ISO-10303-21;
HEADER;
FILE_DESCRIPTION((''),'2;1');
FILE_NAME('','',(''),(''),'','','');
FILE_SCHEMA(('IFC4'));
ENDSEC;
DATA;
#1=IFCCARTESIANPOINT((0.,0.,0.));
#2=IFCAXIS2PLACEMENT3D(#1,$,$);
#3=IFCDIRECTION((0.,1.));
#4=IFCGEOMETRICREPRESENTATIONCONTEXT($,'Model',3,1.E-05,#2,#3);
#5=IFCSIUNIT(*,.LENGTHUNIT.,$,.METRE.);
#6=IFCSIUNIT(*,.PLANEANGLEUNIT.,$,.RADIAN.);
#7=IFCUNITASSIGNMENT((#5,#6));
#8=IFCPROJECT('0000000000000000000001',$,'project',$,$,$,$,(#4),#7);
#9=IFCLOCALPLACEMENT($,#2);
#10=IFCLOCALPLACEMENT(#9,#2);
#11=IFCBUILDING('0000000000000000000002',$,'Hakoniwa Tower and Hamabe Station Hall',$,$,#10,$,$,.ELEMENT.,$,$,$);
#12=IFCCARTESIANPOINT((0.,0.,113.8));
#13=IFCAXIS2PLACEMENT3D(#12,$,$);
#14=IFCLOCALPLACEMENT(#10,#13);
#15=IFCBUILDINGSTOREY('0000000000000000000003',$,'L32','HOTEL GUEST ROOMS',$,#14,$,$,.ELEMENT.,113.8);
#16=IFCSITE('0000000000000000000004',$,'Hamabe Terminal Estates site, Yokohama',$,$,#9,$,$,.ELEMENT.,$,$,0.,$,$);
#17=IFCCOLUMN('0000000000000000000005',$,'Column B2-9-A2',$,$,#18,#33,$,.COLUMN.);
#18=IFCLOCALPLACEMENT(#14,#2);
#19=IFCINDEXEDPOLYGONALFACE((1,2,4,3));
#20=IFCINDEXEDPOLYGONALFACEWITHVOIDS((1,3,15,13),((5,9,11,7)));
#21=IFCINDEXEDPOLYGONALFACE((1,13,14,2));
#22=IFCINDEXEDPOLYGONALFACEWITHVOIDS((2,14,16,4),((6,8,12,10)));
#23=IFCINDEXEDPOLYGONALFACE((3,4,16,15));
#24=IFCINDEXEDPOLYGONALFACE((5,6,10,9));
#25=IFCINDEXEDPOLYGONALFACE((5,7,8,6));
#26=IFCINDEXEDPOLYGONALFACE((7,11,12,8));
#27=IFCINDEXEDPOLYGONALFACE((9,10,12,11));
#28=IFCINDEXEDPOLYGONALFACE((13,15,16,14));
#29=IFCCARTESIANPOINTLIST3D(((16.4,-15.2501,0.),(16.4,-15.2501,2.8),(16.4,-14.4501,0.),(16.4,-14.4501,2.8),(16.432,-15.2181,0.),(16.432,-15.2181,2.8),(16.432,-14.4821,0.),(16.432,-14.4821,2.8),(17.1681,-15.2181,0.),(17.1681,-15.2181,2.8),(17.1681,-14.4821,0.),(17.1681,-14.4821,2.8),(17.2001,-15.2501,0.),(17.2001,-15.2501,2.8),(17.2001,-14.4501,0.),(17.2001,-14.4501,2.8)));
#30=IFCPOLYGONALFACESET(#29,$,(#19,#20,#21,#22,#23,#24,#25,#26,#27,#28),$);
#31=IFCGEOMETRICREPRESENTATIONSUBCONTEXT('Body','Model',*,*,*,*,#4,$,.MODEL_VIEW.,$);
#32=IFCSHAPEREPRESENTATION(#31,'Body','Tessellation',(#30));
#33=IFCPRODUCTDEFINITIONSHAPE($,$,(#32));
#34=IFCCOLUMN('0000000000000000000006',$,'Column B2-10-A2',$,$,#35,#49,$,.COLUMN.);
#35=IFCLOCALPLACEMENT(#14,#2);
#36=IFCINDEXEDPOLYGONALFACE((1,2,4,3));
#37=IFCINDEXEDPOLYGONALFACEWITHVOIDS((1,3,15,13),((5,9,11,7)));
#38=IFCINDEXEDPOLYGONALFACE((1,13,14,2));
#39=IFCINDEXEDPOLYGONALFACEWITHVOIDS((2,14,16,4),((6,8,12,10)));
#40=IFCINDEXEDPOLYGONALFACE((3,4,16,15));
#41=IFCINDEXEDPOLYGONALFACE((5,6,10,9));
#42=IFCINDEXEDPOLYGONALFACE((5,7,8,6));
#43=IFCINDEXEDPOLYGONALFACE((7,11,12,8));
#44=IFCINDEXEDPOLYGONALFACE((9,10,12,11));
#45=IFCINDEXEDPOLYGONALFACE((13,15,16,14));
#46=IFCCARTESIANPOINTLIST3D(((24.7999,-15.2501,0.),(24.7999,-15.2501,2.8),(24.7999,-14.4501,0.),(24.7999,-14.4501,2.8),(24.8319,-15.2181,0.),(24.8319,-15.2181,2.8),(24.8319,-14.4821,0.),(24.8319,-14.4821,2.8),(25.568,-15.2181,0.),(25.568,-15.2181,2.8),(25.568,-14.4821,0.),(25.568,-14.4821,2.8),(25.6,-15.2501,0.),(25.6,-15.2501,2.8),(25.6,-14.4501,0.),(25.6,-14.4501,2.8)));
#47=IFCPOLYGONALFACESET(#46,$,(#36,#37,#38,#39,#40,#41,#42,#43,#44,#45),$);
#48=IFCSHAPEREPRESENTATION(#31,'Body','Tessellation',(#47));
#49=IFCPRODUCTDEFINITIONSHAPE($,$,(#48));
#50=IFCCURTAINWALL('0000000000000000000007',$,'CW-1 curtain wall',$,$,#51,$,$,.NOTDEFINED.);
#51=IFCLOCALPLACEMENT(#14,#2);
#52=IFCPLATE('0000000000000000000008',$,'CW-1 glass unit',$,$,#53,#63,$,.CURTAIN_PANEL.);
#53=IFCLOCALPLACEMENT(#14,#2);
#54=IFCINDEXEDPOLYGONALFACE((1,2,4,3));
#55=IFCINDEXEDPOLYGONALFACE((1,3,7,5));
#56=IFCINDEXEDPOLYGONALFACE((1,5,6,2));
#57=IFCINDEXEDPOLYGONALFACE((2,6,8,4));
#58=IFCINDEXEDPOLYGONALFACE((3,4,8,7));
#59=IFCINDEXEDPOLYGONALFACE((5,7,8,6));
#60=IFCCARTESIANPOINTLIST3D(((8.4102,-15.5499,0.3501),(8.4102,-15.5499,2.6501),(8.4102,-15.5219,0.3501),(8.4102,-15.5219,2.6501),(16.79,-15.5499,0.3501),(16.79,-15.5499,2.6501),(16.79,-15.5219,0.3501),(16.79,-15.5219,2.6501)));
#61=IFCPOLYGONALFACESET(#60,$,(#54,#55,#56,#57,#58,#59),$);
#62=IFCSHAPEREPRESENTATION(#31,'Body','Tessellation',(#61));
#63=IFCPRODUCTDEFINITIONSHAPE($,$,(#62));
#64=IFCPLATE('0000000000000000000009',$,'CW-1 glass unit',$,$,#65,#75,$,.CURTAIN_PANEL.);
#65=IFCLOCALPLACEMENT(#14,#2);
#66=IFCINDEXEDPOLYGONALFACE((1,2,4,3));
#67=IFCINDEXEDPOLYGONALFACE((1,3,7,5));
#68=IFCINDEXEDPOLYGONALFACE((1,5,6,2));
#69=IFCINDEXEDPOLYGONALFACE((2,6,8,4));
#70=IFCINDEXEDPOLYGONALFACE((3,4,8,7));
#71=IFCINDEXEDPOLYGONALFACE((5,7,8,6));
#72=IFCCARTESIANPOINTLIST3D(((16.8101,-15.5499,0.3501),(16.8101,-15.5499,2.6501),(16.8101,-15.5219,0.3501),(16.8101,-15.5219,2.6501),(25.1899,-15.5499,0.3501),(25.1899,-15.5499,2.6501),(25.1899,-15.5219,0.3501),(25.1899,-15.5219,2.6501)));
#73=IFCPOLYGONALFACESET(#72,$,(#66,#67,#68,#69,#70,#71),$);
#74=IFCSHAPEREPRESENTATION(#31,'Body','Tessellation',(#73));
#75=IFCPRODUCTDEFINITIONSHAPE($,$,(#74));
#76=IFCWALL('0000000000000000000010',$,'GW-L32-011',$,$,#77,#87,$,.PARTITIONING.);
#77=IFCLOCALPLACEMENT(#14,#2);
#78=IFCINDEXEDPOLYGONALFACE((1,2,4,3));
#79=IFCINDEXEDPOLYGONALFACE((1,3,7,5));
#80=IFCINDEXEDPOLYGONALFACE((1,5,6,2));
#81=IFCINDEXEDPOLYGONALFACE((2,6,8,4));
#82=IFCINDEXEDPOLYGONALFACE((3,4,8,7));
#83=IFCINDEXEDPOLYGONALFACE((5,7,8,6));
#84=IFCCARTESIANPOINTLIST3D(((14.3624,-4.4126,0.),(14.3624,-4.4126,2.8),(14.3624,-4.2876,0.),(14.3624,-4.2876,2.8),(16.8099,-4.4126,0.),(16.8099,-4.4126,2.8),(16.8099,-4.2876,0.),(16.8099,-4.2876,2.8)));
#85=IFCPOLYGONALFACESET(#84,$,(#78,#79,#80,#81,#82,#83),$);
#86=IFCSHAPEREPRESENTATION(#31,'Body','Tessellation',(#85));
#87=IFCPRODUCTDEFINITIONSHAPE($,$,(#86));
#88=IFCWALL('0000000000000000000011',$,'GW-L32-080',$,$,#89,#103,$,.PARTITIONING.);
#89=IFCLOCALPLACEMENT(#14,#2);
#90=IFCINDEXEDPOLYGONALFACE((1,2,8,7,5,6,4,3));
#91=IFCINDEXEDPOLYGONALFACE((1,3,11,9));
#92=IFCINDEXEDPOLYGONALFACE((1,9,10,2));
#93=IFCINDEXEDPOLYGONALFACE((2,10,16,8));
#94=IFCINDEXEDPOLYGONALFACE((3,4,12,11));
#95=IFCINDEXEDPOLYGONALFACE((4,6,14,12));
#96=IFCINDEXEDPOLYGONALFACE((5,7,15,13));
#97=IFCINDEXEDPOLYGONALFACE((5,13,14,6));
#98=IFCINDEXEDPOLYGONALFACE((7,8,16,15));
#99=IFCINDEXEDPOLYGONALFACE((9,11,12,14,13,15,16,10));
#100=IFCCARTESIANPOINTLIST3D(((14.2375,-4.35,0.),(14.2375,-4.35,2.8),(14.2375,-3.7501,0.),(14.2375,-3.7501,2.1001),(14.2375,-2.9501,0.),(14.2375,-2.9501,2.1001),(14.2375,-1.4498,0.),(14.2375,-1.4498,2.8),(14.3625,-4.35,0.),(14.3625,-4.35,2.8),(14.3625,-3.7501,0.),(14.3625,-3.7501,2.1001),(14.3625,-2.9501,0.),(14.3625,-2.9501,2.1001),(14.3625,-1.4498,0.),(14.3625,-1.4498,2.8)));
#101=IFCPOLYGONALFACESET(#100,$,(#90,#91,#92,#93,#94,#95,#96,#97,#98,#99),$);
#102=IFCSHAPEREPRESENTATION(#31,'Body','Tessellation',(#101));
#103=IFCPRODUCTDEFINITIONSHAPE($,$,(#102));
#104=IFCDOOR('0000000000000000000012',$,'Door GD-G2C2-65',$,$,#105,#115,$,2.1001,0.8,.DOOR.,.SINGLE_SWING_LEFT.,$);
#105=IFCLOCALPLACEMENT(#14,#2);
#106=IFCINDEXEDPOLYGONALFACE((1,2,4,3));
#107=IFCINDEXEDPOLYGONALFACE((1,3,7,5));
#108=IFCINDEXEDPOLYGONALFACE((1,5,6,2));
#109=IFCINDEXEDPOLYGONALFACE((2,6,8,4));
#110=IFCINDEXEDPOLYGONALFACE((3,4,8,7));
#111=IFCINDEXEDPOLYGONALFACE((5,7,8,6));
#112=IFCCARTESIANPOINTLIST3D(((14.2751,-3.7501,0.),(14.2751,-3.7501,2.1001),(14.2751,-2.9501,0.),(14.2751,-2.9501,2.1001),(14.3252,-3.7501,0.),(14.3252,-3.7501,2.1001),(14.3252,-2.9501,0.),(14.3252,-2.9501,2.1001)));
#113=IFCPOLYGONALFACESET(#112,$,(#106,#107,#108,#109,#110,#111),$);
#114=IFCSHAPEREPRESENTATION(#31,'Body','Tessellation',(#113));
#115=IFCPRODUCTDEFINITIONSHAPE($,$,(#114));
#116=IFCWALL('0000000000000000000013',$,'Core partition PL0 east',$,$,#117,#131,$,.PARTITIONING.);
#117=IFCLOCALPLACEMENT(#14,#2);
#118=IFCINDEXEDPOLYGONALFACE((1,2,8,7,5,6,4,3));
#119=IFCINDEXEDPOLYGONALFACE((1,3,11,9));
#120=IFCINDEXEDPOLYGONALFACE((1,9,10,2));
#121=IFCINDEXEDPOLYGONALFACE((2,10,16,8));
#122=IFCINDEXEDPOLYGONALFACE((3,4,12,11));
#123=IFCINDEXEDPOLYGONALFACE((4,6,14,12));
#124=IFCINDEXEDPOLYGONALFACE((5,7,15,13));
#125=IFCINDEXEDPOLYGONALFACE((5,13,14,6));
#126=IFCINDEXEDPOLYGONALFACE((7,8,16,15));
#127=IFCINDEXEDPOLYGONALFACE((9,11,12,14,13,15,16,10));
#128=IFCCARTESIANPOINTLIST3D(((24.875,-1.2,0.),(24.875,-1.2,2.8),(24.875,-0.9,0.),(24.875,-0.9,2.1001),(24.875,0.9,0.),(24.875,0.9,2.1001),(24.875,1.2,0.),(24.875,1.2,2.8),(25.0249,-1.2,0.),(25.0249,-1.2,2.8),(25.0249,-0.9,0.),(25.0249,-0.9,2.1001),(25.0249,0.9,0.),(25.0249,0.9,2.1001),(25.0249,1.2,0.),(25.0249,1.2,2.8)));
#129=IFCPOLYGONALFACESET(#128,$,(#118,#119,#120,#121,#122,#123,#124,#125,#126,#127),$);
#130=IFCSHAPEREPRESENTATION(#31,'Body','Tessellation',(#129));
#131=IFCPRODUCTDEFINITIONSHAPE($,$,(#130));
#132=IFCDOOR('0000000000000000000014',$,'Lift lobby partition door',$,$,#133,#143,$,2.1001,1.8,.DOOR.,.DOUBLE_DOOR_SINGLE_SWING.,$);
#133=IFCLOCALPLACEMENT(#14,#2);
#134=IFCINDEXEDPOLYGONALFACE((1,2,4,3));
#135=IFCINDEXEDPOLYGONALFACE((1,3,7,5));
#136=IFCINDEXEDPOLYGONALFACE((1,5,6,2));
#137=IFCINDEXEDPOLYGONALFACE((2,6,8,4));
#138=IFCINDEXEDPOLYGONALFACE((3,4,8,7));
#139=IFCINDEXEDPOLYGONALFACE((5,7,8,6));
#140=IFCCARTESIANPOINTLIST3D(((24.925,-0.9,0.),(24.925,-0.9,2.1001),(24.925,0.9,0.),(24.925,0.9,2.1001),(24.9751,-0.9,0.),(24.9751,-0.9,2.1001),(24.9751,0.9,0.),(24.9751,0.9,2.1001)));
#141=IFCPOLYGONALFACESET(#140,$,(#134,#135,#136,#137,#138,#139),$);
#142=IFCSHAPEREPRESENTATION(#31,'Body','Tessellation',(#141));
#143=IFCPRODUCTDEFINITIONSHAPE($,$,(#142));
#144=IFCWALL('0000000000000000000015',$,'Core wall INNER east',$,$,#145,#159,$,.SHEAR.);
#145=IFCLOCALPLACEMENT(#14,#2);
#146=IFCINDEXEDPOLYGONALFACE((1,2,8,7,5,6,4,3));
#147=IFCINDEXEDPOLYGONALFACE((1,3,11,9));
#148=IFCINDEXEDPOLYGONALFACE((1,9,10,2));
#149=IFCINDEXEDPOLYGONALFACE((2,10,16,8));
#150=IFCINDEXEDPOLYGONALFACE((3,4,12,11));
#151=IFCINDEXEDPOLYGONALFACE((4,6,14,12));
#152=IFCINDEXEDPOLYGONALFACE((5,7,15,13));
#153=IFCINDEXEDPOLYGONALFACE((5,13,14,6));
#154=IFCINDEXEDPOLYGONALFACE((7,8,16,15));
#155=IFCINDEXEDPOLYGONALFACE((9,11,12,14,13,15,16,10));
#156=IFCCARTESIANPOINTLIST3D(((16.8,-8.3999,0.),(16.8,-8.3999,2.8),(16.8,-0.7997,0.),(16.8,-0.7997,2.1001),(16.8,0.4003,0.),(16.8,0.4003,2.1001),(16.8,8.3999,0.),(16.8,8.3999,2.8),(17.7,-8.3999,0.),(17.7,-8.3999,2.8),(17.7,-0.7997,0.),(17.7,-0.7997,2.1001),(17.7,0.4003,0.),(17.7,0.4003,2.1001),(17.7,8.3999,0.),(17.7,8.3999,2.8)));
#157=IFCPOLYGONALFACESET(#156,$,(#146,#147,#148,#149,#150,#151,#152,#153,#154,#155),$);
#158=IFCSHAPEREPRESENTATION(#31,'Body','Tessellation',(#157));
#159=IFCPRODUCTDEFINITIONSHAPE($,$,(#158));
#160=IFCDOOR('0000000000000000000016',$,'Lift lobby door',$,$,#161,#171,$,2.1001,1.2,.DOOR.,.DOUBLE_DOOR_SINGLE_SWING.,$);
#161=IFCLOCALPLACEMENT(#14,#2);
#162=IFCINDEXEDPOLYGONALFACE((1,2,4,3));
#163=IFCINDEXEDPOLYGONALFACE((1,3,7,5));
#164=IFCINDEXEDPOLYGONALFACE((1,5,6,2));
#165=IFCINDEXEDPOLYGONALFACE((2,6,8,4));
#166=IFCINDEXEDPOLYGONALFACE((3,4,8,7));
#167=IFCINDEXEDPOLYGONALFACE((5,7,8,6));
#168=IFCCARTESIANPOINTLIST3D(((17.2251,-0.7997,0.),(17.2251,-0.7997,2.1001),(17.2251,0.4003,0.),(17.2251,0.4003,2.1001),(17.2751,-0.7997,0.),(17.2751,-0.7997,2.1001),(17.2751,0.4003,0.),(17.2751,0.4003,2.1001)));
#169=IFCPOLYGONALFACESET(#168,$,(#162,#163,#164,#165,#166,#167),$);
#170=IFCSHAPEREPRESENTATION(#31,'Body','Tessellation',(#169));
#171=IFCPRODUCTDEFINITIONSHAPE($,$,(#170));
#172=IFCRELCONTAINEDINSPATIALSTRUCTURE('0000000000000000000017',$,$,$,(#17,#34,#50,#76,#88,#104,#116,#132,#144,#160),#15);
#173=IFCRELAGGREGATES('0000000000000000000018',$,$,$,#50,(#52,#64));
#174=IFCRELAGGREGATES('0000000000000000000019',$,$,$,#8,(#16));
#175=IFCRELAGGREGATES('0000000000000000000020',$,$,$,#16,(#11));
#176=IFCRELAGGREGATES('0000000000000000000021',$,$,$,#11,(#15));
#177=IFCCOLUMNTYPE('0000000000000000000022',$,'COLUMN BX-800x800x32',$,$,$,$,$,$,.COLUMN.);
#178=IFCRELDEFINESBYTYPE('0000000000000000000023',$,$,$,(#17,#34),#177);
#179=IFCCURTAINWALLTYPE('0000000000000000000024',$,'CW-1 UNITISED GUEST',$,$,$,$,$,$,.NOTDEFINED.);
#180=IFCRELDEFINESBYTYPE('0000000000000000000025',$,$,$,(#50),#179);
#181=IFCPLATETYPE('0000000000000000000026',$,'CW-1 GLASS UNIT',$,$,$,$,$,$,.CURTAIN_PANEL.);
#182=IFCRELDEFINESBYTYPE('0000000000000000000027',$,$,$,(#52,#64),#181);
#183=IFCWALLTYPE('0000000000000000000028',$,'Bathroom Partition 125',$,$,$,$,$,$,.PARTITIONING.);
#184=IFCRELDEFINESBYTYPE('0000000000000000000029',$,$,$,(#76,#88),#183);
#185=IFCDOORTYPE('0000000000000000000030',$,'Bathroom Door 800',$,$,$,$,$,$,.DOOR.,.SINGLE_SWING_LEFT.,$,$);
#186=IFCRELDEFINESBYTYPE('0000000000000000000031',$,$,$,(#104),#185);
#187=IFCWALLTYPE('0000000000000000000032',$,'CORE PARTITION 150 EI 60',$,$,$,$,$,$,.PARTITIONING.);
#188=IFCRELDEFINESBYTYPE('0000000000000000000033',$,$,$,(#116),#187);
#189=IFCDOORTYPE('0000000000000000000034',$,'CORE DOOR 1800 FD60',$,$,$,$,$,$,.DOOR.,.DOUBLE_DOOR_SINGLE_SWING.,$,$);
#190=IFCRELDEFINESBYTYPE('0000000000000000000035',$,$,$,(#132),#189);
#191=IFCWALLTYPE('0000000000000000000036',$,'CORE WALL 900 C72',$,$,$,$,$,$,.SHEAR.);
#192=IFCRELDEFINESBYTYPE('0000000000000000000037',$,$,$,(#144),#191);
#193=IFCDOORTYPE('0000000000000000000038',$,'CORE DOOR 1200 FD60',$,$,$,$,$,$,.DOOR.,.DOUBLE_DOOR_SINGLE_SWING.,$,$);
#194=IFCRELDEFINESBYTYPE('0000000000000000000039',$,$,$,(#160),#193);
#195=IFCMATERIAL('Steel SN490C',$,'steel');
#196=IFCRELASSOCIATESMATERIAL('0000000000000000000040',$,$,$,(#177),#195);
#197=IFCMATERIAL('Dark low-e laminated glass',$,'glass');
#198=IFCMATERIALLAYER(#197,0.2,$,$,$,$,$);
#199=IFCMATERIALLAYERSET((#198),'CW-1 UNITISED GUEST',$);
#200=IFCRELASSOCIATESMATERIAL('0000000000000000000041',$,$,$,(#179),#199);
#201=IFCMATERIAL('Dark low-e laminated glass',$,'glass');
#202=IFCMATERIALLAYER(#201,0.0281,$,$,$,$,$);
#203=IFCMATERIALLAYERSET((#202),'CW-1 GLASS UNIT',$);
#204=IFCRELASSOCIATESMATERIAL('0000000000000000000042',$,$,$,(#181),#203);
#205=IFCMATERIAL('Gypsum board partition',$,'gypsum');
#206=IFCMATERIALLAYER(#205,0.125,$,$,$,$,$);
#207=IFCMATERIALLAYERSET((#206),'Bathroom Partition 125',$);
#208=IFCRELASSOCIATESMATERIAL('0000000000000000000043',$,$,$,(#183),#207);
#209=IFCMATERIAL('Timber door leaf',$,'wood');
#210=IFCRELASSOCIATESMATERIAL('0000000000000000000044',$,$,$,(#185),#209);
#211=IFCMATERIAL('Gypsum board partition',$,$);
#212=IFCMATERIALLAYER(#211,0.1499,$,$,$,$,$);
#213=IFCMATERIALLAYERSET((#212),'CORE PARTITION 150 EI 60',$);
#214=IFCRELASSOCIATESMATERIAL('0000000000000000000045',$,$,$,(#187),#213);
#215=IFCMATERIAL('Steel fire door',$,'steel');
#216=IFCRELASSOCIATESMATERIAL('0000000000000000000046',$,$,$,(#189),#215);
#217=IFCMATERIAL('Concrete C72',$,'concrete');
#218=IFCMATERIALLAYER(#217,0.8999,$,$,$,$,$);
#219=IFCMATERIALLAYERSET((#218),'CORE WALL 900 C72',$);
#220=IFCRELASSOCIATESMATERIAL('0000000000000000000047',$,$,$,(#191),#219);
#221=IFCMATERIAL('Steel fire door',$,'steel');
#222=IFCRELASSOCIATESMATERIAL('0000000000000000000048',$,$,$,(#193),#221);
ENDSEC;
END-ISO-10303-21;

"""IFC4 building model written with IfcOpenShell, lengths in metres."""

from ifc_helpers import new_model, si_unit, direction, frame, frame_2d, origin, origin_2d, place, context, subcontext, project, spatial, rectangle, hollow_rectangle, extrude, material, layer, layer_set, material_profile, profile_set, type_object, element, fill, aggregate, save


model = new_model("IFC4")

# Units and contexts
model_context = context("Model", 3, precision=1e-05, world=origin(), true_north=direction((0.0, 1.0)))
body_context = subcontext(model_context, "Body", "Model", "MODEL_VIEW")
ifc_project = project(units=[si_unit("LENGTHUNIT", "METRE"), si_unit("PLANEANGLEUNIT", "RADIAN")], contexts=[model_context])

# Site, building, storey
site_placement = place(None, origin())
site = spatial("IfcSite", under=ifc_project, at=site_placement, Name="Hamabe Terminal Estates site, Yokohama", CompositionType="ELEMENT", RefElevation=0.0)
building_placement = place(site_placement, origin())
building = spatial("IfcBuilding", under=site, at=building_placement, Name="Hakoniwa Tower and Hamabe Station Hall", CompositionType="ELEMENT")
storey_placement = place(building_placement, frame((0.0, 0.0, 113.8)))
storey = spatial("IfcBuildingStorey", under=building, at=storey_placement, Name="L32", Description="HOTEL GUEST ROOMS", CompositionType="ELEMENT", Elevation=113.8)

# Columns
ifc_material_1 = material(Name="Steel SN490C", Category="steel")
ifc_material_profile = material_profile(ifc_material_1, hollow_rectangle(XDim=0.8, YDim=0.8, WallThickness=0.032, at=origin_2d()), Name="BX-800x800x32")
ifc_profile_set = profile_set([ifc_material_profile], Name="Steel SN490C")
column_type = type_object("IfcColumnType", Name="COLUMN BX-800x800x32", PredefinedType="COLUMN", material=ifc_profile_set)
for number, where, z_axis, x_axis, name in (
    (1, (16.8, -14.8501, 0.0), (0.0, 0.0, 1.0), (1.0, 0.0, 0.0), "Column B2-9-A2"),
    (2, (25.2, -14.8501, 0.0), (0.0, 0.0, 1.0), (1.0, 0.0, 0.0), "Column B2-10-A2"),
):
    element("IfcColumn", number, at=place(storey_placement, frame(where, z_axis=z_axis, x_axis=x_axis)), inside=storey, type_object=column_type, Name=name, PredefinedType="COLUMN", context=body_context, shape_type="SweptSolid", body=[
        extrude(hollow_rectangle(XDim=0.8, YDim=0.8, WallThickness=0.032, at=origin_2d()), origin(), (0.0, 0.0, 1.0), 2.8),
    ])

# Curtain wall, plates
ifc_material_2 = material(Name="Dark low-e laminated glass", Category="glass")
ifc_layer_1 = layer(ifc_material_2, 0.2)
ifc_layer_set_1 = layer_set([ifc_layer_1], Name="CW-1 UNITISED GUEST")
curtain_wall_type = type_object("IfcCurtainWallType", Name="CW-1 UNITISED GUEST", PredefinedType="NOTDEFINED", material=ifc_layer_set_1)
curtain_wall_placement = place(storey_placement, origin())
curtain_wall = element("IfcCurtainWall", 3, at=curtain_wall_placement, inside=storey, type_object=curtain_wall_type, Name="CW-1 curtain wall", PredefinedType="NOTDEFINED")
ifc_material_3 = material(Name="Dark low-e laminated glass", Category="glass")
ifc_layer_2 = layer(ifc_material_3, 0.0281)
ifc_layer_set_2 = layer_set([ifc_layer_2], Name="CW-1 GLASS UNIT")
plate_type = type_object("IfcPlateType", Name="CW-1 GLASS UNIT", PredefinedType="CURTAIN_PANEL", material=ifc_layer_set_2)
plate_1_placement = place(storey_placement, frame((12.6001, -15.5359, 0.3501), z_axis=(0.0, 0.0, 1.0), x_axis=(1.0, 0.0, 0.0)))
plate_1 = element("IfcPlate", 4, at=plate_1_placement, type_object=plate_type, Name="CW-1 glass unit", PredefinedType="CURTAIN_PANEL", context=body_context, shape_type="SweptSolid", body=[
    extrude(rectangle(XDim=8.3799, YDim=0.0281, at=origin_2d()), origin(), (0.0, 0.0, 1.0), 2.3),
])
plate_2_placement = place(storey_placement, frame((21.0, -15.5359, 0.3501), z_axis=(0.0, 0.0, 1.0), x_axis=(1.0, 0.0, 0.0)))
plate_2 = element("IfcPlate", 5, at=plate_2_placement, type_object=plate_type, Name="CW-1 glass unit", PredefinedType="CURTAIN_PANEL", context=body_context, shape_type="SweptSolid", body=[
    extrude(rectangle(XDim=8.3799, YDim=0.0281, at=origin_2d()), origin(), (0.0, 0.0, 1.0), 2.3),
])
aggregate(curtain_wall, [plate_1, plate_2])

# Wall
ifc_material_4 = material(Name="Gypsum board partition", Category="gypsum")
ifc_layer_3 = layer(ifc_material_4, 0.125)
ifc_layer_set_3 = layer_set([ifc_layer_3], Name="Bathroom Partition 125")
wall_type_1 = type_object("IfcWallType", Name="Bathroom Partition 125", PredefinedType="PARTITIONING", material=ifc_layer_set_3)
wall_1_placement = place(storey_placement, frame((14.3625, -4.3501, 0.0), z_axis=(0.0, 0.0, 1.0), x_axis=(1.0, 0.0, 0.0)))
element("IfcWall", 6, at=wall_1_placement, inside=storey, type_object=wall_type_1, Name="GW-L32-011", PredefinedType="PARTITIONING", context=body_context, shape_type="SweptSolid", body=[
    extrude(rectangle(XDim=2.4475, YDim=0.125, at=frame_2d((1.2236, 0.0))), origin(), (0.0, 0.0, 1.0), 2.8),
])

# Walls, openings, doors
wall_2_placement = place(storey_placement, frame((14.3, -4.3501, 0.0), z_axis=(0.0, 0.0, 1.0), x_axis=(0.0, 1.0, 0.0)))
wall_2 = element("IfcWall", 7, at=wall_2_placement, inside=storey, type_object=wall_type_1, Name="GW-L32-080", PredefinedType="PARTITIONING", context=body_context, shape_type="SweptSolid", body=[
    extrude(rectangle(XDim=2.9001, YDim=0.125, at=frame_2d((1.4502, 0.0))), origin(), (0.0, 0.0, 1.0), 2.8),
])
opening_1_placement = place(wall_2_placement, frame((0.6001, 0.0, 0.0)))
opening_1 = element("IfcOpeningElement", 8, at=opening_1_placement, cuts=wall_2, PredefinedType="OPENING", context=body_context, shape_type="SweptSolid", body=[
    extrude(rectangle(XDim=0.8, YDim=2.1001, at=frame_2d((0.3999, 1.05))), frame((0.0, 0.0725, 0.0), z_axis=(0.0, -1.0, 0.0), x_axis=(1.0, 0.0, 0.0)), (0.0, 0.0, 1.0), 0.145),
])
ifc_material_5 = material(Name="Timber door leaf", Category="wood")
door_type_1 = type_object("IfcDoorType", Name="Bathroom Door 800", OperationType="SINGLE_SWING_LEFT", PredefinedType="DOOR", material=ifc_material_5)
door_1_placement = place(opening_1_placement, origin())
door_1 = element("IfcDoor", 9, at=door_1_placement, inside=storey, type_object=door_type_1, Name="Door GD-G2C2-65", OperationType="SINGLE_SWING_LEFT", OverallHeight=2.1001, OverallWidth=0.8, PredefinedType="DOOR", context=body_context, shape_type="SweptSolid", body=[
    extrude(rectangle(XDim=0.8, YDim=2.1001, at=frame_2d((0.3999, 1.05))), frame((0.0, 0.0249, 0.0), z_axis=(0.0, -1.0, 0.0), x_axis=(1.0, 0.0, 0.0)), (0.0, 0.0, 1.0), 0.05),
])
fill(opening_1, door_1)
ifc_material_6 = material(Name="Gypsum board partition")
ifc_layer_4 = layer(ifc_material_6, 0.1499)
ifc_layer_set_4 = layer_set([ifc_layer_4], Name="CORE PARTITION 150 EI 60")
wall_type_2 = type_object("IfcWallType", Name="CORE PARTITION 150 EI 60", PredefinedType="PARTITIONING", material=ifc_layer_set_4)
wall_3_placement = place(storey_placement, frame((24.95, -1.2, 0.0), z_axis=(0.0, 0.0, 1.0), x_axis=(0.0, 1.0, 0.0)))
wall_3 = element("IfcWall", 10, at=wall_3_placement, inside=storey, type_object=wall_type_2, Name="Core partition PL0 east", PredefinedType="PARTITIONING", context=body_context, shape_type="SweptSolid", body=[
    extrude(rectangle(XDim=2.3999, YDim=0.1499, at=frame_2d((1.2, 0.0))), origin(), (0.0, 0.0, 1.0), 2.8),
])
opening_2_placement = place(wall_3_placement, frame((0.3, 0.0, 0.0)))
opening_2 = element("IfcOpeningElement", 11, at=opening_2_placement, cuts=wall_3, PredefinedType="OPENING", context=body_context, shape_type="SweptSolid", body=[
    extrude(rectangle(XDim=1.8, YDim=2.1001, at=frame_2d((0.8999, 1.05))), frame((0.0, 0.085, 0.0), z_axis=(0.0, -1.0, 0.0), x_axis=(1.0, 0.0, 0.0)), (0.0, 0.0, 1.0), 0.1699),
])
ifc_material_7 = material(Name="Steel fire door", Category="steel")
door_type_2 = type_object("IfcDoorType", Name="CORE DOOR 1800 FD60", OperationType="DOUBLE_DOOR_SINGLE_SWING", PredefinedType="DOOR", material=ifc_material_7)
door_2_placement = place(opening_2_placement, origin())
door_2 = element("IfcDoor", 12, at=door_2_placement, inside=storey, type_object=door_type_2, Name="Lift lobby partition door", OperationType="DOUBLE_DOOR_SINGLE_SWING", OverallHeight=2.1001, OverallWidth=1.8, PredefinedType="DOOR", context=body_context, shape_type="SweptSolid", body=[
    extrude(rectangle(XDim=1.8, YDim=2.1001, at=frame_2d((0.8999, 1.05))), frame((0.0, 0.0249, 0.0), z_axis=(0.0, -1.0, 0.0), x_axis=(1.0, 0.0, 0.0)), (0.0, 0.0, 1.0), 0.05),
])
fill(opening_2, door_2)
ifc_material_8 = material(Name="Concrete C72", Category="concrete")
ifc_layer_5 = layer(ifc_material_8, 0.8999)
ifc_layer_set_5 = layer_set([ifc_layer_5], Name="CORE WALL 900 C72")
wall_type_3 = type_object("IfcWallType", Name="CORE WALL 900 C72", PredefinedType="SHEAR", material=ifc_layer_set_5)
wall_4_placement = place(storey_placement, frame((17.25, -8.3999, 0.0), z_axis=(0.0, 0.0, 1.0), x_axis=(0.0, 1.0, 0.0)))
wall_4 = element("IfcWall", 13, at=wall_4_placement, inside=storey, type_object=wall_type_3, Name="Core wall INNER east", PredefinedType="SHEAR", context=body_context, shape_type="SweptSolid", body=[
    extrude(rectangle(XDim=16.7998, YDim=0.8999, at=frame_2d((8.3999, 0.0))), origin(), (0.0, 0.0, 1.0), 2.8),
])
opening_3_placement = place(wall_4_placement, frame((7.6001, 0.0, 0.0)))
opening_3 = element("IfcOpeningElement", 14, at=opening_3_placement, cuts=wall_4, PredefinedType="OPENING", context=body_context, shape_type="SweptSolid", body=[
    extrude(rectangle(XDim=1.2, YDim=2.1001, at=frame_2d((0.6001, 1.05))), frame((0.0, 0.46, 0.0), z_axis=(0.0, -1.0, 0.0), x_axis=(1.0, 0.0, 0.0)), (0.0, 0.0, 1.0), 0.9199),
])
ifc_material_9 = material(Name="Steel fire door", Category="steel")
door_type_3 = type_object("IfcDoorType", Name="CORE DOOR 1200 FD60", OperationType="DOUBLE_DOOR_SINGLE_SWING", PredefinedType="DOOR", material=ifc_material_9)
door_3_placement = place(opening_3_placement, origin())
door_3 = element("IfcDoor", 15, at=door_3_placement, inside=storey, type_object=door_type_3, Name="Lift lobby door", OperationType="DOUBLE_DOOR_SINGLE_SWING", OverallHeight=2.1001, OverallWidth=1.2, PredefinedType="DOOR", context=body_context, shape_type="SweptSolid", body=[
    extrude(rectangle(XDim=1.2, YDim=2.1001, at=frame_2d((0.6001, 1.05))), frame((0.0, 0.0249, 0.0), z_axis=(0.0, -1.0, 0.0), x_axis=(1.0, 0.0, 0.0)), (0.0, 0.0, 1.0), 0.05),
])
fill(opening_3, door_3)

save(model, "model.ifc")
